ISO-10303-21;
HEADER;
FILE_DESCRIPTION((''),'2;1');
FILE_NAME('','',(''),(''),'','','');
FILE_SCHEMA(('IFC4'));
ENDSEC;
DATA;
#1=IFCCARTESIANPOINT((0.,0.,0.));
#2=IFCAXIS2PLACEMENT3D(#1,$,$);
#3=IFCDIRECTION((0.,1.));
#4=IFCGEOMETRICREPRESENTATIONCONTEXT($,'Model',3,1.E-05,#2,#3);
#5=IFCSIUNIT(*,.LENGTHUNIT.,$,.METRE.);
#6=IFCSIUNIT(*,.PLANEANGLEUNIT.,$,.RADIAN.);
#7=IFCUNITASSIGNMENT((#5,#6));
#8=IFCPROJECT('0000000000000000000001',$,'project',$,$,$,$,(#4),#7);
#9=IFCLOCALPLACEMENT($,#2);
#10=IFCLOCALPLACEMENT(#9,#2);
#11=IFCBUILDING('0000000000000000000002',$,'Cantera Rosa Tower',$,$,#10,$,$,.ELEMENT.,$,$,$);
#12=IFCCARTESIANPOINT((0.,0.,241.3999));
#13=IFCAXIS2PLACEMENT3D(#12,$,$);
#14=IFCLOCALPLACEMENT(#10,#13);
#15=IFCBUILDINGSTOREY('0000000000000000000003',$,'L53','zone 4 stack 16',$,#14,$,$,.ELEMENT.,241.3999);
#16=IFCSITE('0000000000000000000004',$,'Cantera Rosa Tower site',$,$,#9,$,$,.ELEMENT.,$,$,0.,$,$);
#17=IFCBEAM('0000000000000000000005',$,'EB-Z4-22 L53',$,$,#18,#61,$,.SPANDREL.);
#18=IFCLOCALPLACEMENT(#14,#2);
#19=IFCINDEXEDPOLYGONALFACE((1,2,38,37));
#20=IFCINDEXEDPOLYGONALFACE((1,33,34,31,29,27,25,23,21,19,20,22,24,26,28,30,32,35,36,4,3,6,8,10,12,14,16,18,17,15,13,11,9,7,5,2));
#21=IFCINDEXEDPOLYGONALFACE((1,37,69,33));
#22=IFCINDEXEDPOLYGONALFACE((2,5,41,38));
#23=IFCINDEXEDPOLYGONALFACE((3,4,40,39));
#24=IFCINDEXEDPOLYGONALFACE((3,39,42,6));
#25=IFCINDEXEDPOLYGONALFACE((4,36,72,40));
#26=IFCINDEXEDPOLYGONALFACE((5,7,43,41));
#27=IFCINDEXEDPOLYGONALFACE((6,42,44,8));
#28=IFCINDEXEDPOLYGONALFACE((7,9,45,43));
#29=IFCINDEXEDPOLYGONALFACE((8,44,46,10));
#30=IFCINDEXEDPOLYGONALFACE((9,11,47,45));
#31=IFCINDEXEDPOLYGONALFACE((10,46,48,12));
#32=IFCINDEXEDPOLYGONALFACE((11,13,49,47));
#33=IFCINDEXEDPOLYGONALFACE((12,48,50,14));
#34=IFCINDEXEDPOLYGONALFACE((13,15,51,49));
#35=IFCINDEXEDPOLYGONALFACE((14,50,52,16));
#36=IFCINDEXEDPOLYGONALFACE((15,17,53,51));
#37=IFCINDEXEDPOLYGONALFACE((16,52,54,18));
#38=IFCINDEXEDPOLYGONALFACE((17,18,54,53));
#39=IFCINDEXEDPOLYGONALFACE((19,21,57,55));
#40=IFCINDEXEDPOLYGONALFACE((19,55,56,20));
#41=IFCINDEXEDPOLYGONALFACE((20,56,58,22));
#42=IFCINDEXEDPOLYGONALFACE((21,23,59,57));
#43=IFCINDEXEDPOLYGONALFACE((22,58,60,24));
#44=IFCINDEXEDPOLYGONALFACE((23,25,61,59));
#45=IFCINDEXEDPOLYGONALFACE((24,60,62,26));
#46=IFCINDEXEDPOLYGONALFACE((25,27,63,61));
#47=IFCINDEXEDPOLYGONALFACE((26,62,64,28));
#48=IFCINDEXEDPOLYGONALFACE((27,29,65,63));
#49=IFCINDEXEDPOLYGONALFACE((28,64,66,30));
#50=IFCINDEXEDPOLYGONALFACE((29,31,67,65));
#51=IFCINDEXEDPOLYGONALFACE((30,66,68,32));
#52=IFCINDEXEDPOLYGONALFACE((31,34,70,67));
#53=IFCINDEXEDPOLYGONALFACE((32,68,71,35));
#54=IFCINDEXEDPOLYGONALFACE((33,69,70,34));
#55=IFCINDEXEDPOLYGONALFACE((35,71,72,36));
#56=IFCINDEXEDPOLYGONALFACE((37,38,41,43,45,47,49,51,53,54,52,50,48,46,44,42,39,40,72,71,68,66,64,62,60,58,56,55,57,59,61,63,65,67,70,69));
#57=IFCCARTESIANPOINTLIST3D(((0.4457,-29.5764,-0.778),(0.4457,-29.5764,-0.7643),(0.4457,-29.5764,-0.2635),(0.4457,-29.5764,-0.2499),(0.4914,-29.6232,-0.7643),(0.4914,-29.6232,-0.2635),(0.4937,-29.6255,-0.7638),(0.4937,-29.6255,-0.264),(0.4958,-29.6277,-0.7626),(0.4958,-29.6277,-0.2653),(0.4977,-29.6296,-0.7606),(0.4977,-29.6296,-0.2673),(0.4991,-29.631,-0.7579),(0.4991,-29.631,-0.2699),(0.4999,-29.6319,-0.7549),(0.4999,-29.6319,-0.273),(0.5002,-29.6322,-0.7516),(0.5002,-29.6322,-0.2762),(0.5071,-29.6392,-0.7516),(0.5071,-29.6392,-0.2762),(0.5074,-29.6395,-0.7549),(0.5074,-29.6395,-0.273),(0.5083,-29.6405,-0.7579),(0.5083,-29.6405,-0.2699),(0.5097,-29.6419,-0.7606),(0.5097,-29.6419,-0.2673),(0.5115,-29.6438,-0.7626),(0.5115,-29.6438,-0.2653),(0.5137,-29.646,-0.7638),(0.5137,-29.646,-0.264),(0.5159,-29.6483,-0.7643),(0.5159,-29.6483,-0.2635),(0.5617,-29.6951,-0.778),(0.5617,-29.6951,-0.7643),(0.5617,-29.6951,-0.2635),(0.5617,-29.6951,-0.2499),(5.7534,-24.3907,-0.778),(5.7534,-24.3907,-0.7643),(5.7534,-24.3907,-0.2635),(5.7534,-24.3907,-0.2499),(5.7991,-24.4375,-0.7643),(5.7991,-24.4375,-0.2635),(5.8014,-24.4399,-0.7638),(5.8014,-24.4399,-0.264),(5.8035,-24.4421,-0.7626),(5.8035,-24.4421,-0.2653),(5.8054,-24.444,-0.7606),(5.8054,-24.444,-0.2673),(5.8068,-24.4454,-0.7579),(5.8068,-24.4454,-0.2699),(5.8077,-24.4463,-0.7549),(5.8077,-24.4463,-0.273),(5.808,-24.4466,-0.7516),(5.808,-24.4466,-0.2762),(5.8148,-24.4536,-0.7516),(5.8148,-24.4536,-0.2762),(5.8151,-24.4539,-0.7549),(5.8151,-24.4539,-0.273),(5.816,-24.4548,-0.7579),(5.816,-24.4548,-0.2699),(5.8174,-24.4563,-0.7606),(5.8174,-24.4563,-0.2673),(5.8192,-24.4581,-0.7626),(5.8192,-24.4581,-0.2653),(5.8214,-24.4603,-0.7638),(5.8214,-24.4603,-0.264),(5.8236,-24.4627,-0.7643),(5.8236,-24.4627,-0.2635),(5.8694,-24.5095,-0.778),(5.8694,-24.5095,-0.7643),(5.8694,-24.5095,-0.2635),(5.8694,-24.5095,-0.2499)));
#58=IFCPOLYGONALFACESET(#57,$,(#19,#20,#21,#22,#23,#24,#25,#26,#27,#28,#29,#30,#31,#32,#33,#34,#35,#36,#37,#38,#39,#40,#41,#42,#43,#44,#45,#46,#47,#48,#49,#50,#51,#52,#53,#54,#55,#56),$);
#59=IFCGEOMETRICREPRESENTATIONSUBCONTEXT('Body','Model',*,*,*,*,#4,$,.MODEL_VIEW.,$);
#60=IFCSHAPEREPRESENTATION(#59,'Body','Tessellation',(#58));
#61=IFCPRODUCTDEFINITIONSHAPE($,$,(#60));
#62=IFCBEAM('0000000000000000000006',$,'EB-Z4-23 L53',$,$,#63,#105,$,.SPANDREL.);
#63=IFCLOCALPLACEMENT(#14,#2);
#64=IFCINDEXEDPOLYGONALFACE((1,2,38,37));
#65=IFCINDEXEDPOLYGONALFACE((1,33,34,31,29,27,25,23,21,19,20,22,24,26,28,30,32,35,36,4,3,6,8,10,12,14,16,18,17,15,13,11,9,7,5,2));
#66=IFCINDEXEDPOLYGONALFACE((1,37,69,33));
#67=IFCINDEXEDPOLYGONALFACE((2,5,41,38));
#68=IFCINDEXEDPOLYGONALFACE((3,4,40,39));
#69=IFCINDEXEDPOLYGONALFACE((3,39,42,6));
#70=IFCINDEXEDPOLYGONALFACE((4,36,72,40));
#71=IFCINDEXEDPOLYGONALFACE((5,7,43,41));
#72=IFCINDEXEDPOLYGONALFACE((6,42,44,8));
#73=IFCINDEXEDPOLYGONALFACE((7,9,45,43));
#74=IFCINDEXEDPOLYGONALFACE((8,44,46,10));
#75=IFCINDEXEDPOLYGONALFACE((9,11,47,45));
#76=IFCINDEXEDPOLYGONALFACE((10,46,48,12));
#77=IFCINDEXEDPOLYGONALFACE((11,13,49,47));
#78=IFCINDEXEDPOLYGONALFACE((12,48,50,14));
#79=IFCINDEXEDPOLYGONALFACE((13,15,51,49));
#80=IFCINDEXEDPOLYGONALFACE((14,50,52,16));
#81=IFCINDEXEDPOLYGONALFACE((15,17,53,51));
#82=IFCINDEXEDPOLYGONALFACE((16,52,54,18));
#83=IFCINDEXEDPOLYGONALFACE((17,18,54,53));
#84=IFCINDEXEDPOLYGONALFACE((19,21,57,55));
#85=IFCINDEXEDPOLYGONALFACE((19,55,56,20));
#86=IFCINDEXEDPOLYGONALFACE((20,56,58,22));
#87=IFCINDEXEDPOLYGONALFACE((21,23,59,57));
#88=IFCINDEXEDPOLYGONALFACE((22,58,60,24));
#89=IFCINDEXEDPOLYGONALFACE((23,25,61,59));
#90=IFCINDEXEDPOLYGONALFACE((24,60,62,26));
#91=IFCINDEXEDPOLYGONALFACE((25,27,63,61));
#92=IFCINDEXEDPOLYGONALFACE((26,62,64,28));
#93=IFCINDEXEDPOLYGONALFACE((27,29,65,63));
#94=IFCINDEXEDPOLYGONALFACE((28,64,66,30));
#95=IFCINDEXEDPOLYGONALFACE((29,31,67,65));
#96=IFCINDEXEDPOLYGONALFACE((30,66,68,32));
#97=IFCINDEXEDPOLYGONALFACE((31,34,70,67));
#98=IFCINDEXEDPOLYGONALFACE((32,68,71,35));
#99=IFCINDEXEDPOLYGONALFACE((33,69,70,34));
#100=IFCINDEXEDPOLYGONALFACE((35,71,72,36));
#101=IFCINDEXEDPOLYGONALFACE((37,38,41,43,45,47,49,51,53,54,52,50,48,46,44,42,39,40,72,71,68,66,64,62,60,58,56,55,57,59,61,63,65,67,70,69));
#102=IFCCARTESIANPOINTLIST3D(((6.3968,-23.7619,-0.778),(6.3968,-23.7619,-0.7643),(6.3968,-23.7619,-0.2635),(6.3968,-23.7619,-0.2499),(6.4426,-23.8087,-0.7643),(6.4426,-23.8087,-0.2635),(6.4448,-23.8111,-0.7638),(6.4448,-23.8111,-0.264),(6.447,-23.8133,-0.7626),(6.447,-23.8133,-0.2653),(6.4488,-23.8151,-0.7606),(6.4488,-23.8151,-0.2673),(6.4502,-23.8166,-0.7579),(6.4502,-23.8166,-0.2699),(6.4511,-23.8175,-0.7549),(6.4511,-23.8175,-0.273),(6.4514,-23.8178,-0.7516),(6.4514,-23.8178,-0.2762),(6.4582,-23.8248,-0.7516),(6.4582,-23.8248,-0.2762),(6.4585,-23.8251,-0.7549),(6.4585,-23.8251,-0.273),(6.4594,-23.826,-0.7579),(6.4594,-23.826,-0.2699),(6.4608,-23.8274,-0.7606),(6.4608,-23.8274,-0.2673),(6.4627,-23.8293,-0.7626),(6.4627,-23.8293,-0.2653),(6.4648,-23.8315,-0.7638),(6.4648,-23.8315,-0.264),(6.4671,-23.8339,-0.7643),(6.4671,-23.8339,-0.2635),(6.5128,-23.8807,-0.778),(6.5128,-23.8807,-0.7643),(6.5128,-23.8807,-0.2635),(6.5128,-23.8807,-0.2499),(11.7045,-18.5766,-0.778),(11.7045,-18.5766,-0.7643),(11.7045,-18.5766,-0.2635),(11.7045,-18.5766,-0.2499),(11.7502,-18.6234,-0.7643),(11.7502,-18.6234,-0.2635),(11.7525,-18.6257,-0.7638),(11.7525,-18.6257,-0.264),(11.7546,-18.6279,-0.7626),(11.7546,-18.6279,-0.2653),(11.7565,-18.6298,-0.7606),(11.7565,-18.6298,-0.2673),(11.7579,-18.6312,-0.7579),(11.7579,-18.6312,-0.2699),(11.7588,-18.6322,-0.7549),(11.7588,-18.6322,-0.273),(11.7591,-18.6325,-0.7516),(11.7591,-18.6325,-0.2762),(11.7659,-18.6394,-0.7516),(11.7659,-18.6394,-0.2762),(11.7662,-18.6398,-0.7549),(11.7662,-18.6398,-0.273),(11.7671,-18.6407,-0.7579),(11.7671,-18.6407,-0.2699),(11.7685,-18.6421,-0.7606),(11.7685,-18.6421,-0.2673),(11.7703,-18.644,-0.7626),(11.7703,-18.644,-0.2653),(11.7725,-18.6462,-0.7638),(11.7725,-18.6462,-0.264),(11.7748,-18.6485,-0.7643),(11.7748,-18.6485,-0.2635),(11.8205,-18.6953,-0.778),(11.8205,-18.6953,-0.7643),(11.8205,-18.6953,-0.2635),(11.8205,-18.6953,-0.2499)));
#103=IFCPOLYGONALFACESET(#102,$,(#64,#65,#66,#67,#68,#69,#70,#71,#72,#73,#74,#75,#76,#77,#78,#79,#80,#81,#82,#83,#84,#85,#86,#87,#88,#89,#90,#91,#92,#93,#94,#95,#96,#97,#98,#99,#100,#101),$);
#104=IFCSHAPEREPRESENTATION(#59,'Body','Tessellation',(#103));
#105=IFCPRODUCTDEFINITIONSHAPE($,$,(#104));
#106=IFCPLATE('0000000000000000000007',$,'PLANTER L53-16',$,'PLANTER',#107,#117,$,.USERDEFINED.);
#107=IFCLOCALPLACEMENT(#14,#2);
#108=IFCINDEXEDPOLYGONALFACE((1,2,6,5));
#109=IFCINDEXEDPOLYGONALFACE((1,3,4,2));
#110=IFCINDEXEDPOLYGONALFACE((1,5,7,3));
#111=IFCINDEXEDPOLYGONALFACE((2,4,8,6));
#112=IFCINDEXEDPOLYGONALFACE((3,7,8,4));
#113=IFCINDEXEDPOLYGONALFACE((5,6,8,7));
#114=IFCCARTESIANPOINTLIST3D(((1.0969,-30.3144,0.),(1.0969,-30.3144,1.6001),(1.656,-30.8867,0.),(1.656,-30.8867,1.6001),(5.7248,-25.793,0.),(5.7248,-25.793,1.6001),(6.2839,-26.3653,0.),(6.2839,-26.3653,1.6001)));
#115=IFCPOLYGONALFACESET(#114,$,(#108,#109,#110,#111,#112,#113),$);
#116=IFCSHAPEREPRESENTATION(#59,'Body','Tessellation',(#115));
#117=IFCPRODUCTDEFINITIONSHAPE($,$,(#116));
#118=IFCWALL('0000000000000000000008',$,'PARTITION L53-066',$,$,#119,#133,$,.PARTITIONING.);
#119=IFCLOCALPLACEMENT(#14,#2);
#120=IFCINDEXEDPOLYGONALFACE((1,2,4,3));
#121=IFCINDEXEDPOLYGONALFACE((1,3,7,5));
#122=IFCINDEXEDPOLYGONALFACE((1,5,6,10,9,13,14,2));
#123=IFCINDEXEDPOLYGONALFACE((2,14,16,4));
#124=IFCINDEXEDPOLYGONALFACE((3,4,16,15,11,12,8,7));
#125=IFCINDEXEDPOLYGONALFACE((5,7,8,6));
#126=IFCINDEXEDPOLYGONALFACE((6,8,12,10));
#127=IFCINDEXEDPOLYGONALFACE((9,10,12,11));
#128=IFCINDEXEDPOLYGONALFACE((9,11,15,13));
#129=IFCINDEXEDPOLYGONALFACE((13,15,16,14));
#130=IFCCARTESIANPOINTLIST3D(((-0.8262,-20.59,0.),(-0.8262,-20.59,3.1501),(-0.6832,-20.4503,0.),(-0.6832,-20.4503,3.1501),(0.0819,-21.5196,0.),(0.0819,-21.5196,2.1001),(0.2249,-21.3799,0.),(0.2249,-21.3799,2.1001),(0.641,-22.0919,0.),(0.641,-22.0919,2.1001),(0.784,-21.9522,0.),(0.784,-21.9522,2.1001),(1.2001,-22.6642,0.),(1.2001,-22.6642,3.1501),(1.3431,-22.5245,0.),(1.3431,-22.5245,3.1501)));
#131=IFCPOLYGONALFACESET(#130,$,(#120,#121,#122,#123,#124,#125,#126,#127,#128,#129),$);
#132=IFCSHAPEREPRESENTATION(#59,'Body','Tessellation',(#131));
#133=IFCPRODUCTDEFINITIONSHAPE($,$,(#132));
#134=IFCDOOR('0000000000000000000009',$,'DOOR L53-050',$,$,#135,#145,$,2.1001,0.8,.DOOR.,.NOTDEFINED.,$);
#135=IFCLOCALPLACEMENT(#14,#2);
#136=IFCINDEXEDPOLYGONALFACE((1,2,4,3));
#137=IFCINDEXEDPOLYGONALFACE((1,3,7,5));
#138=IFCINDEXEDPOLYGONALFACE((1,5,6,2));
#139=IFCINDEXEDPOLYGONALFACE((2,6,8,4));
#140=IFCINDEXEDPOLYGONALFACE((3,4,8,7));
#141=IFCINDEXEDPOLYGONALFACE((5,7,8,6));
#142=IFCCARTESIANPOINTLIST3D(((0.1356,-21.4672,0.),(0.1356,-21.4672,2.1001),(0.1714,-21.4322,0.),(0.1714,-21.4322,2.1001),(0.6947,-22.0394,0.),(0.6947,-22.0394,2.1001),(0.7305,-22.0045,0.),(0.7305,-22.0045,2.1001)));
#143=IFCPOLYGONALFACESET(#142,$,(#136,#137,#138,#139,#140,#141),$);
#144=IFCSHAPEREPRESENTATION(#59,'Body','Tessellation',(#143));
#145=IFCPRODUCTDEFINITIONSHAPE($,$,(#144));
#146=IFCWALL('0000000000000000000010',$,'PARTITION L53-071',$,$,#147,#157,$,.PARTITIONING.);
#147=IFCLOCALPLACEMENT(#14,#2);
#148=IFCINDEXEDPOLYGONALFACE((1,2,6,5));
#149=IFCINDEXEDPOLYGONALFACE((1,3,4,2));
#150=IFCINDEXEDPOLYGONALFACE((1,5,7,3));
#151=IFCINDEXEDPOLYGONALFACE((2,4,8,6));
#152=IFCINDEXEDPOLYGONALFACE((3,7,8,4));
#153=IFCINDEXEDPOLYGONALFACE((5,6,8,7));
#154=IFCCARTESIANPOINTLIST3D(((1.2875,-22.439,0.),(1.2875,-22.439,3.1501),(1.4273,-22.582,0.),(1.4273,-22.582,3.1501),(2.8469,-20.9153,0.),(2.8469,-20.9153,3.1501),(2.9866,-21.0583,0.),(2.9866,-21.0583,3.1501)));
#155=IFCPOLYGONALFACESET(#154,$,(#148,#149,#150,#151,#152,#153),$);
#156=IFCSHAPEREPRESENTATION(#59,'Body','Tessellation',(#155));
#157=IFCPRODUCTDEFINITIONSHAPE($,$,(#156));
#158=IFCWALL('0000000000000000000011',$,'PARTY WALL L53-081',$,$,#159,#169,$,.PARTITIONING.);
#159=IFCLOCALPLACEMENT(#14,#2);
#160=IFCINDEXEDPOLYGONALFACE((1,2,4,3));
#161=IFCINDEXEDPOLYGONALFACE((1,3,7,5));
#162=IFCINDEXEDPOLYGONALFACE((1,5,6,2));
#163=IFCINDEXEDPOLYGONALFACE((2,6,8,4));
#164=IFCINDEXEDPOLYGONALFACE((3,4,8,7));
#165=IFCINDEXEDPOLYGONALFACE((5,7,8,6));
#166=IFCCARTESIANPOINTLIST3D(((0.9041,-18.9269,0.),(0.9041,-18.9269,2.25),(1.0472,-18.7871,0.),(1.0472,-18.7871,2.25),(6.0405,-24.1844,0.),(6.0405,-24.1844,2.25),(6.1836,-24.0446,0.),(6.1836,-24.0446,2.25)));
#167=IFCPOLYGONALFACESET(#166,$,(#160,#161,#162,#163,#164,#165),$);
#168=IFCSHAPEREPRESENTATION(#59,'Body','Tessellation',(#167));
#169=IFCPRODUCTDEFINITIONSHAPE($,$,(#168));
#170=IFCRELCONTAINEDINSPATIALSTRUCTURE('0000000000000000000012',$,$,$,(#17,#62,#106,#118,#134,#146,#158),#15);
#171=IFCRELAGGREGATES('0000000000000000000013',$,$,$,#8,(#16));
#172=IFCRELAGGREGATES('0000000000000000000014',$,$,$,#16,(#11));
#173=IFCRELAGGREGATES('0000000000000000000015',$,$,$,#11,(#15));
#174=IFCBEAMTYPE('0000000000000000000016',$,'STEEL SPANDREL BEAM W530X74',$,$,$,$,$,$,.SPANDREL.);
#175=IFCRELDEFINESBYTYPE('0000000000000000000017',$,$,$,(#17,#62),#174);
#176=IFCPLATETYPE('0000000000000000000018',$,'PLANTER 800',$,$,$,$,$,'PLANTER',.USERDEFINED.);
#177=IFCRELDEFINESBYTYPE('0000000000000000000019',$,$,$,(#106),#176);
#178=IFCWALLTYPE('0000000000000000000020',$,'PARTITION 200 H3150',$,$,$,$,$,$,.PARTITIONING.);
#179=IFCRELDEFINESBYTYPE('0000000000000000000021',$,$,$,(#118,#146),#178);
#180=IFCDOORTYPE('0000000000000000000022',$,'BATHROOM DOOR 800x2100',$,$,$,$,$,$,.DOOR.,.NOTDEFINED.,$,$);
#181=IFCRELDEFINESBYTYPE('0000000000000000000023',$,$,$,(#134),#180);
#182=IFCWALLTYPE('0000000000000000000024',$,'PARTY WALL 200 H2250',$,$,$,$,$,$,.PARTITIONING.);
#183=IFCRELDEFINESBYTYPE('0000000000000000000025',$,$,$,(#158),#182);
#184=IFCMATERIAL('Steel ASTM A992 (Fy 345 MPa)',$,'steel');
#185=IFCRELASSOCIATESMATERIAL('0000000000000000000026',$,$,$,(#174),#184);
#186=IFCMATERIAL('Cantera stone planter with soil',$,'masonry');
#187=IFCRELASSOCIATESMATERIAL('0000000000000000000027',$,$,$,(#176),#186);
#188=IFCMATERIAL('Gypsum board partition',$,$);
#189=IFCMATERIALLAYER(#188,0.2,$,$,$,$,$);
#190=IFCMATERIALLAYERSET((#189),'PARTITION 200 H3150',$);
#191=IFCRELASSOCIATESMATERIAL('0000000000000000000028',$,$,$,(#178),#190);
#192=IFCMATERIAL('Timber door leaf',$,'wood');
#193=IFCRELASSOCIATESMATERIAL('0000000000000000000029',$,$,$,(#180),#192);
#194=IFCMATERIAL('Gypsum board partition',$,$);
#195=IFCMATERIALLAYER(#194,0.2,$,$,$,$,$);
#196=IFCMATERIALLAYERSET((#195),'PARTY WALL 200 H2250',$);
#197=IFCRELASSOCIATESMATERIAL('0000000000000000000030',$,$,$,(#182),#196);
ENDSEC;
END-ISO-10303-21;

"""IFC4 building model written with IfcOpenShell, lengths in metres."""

from ifc_helpers import new_model, si_unit, direction, frame, frame_2d, origin, origin_2d, place, context, subcontext, project, spatial, rectangle, i_section, extrude, material, layer, layer_set, material_profile, profile_set, type_object, element, fill, save


model = new_model("IFC4")

# Units and contexts
model_context = context("Model", 3, precision=1e-05, world=origin(), true_north=direction((0.0, 1.0)))
body_context = subcontext(model_context, "Body", "Model", "MODEL_VIEW")
ifc_project = project(units=[si_unit("LENGTHUNIT", "METRE"), si_unit("PLANEANGLEUNIT", "RADIAN")], contexts=[model_context])

# Site, building, storey
site_placement = place(None, origin())
site = spatial("IfcSite", under=ifc_project, at=site_placement, Name="Cantera Rosa Tower site", CompositionType="ELEMENT", RefElevation=0.0)
building_placement = place(site_placement, origin())
building = spatial("IfcBuilding", under=site, at=building_placement, Name="Cantera Rosa Tower", CompositionType="ELEMENT")
storey_placement = place(building_placement, frame((0.0, 0.0, 241.3999)))
storey = spatial("IfcBuildingStorey", under=building, at=storey_placement, Name="L53", Description="zone 4 stack 16", CompositionType="ELEMENT", Elevation=241.3999)

# Beams
ifc_material_1 = material(Name="Steel ASTM A992 (Fy 345 MPa)", Category="steel")
ifc_material_profile_1 = material_profile(ifc_material_1, i_section(OverallWidth=0.166, OverallDepth=0.5281, WebThickness=0.0098, FlangeThickness=0.0137, FilletRadius=0.0127, at=origin_2d()), Name="W530X74")
ifc_profile_set_1 = profile_set([ifc_material_profile_1], Name="Steel ASTM A992 (Fy 345 MPa)")
beam_type_1 = type_object("IfcBeamType", Name="STEEL SPANDREL BEAM W530X74", PredefinedType="SPANDREL", material=ifc_profile_set_1)
beam_1_placement = place(storey_placement, frame((0.5037, -29.6357, -0.5139), z_axis=(0.715284, 0.698833, 0.0), x_axis=(-0.698833, 0.715284, 0.0)))
element("IfcBeam", 1, at=beam_1_placement, inside=storey, type_object=beam_type_1, Name="EB-Z4-22 L53", PredefinedType="SPANDREL", context=body_context, shape_type="SweptSolid", body=[
    extrude(i_section(OverallWidth=0.166, OverallDepth=0.5281, WebThickness=0.0098, FlangeThickness=0.0137, FilletRadius=0.0127, at=origin_2d()), origin(), (0.0, 0.0, 1.0), 7.4204),
])
beam_2_placement = place(storey_placement, frame((6.4548, -23.8213, -0.5139), z_axis=(0.715301, 0.698817, 0.0), x_axis=(-0.698817, 0.715301, 0.0)))
element("IfcBeam", 2, at=beam_2_placement, inside=storey, type_object=beam_type_1, Name="EB-Z4-23 L53", PredefinedType="SPANDREL", context=body_context, shape_type="SweptSolid", body=[
    extrude(i_section(OverallWidth=0.166, OverallDepth=0.5281, WebThickness=0.0098, FlangeThickness=0.0137, FilletRadius=0.0127, at=origin_2d()), origin(), (0.0, 0.0, 1.0), 7.4202),
])

# Plate
ifc_material_2 = material(Name="Cantera stone planter with soil", Category="masonry")
plate_type = type_object("IfcPlateType", Name="PLANTER 800", ElementType="PLANTER", PredefinedType="USERDEFINED", material=ifc_material_2)
plate_placement = place(storey_placement, frame((3.6904, -28.3398, 0.0), z_axis=(0.0, 0.0, 1.0), x_axis=(0.715286, 0.698832, 0.0)))
element("IfcPlate", 3, at=plate_placement, inside=storey, type_object=plate_type, Name="PLANTER L53-16", ObjectType="PLANTER", PredefinedType="USERDEFINED", context=body_context, shape_type="SweptSolid", body=[
    extrude(rectangle(XDim=6.47, YDim=0.8, at=origin_2d()), origin(), (0.0, 0.0, 1.0), 1.6001),
])

# Wall, opening, door
ifc_material_3 = material(Name="Gypsum board partition")
ifc_layer_1 = layer(ifc_material_3, 0.2)
ifc_layer_set_1 = layer_set([ifc_layer_1], Name="PARTITION 200 H3150")
wall_type_1 = type_object("IfcWallType", Name="PARTITION 200 H3150", PredefinedType="PARTITIONING", material=ifc_layer_set_1)
wall_1_placement = place(storey_placement, frame((1.2715, -22.5942, 0.0), z_axis=(0.0, 0.0, 1.0), x_axis=(-0.698808, 0.71531, 0.0)))
wall_1 = element("IfcWall", 4, at=wall_1_placement, inside=storey, type_object=wall_type_1, Name="PARTITION L53-066", PredefinedType="PARTITIONING", context=body_context, shape_type="SweptSolid", body=[
    extrude(rectangle(XDim=2.8997, YDim=0.2, at=frame_2d((1.4497, 0.0))), origin(), (0.0, 0.0, 1.0), 3.1501),
])
opening_1_placement = place(wall_1_placement, frame((0.8, 0.0, 0.0)))
opening_1 = element("IfcOpeningElement", 5, at=opening_1_placement, cuts=wall_1, PredefinedType="OPENING", context=body_context, shape_type="SweptSolid", body=[
    extrude(rectangle(XDim=0.8, YDim=2.1001, at=frame_2d((0.3999, 1.05))), frame((0.0, 0.1099, 0.0), z_axis=(0.0, -1.0, 0.0), x_axis=(1.0, 0.0, 0.0)), (0.0, 0.0, 1.0), 0.22),
])
ifc_material_4 = material(Name="Timber door leaf", Category="wood")
door_type_1 = type_object("IfcDoorType", Name="BATHROOM DOOR 800x2100", OperationType="NOTDEFINED", PredefinedType="DOOR", material=ifc_material_4)
door_1_placement = place(opening_1_placement, origin())
door_1 = element("IfcDoor", 6, at=door_1_placement, inside=storey, type_object=door_type_1, Name="DOOR L53-050", OperationType="NOTDEFINED", OverallHeight=2.1001, OverallWidth=0.8, PredefinedType="DOOR", context=body_context, shape_type="SweptSolid", body=[
    extrude(rectangle(XDim=0.8, YDim=2.1001, at=frame_2d((0.3999, 1.05))), frame((0.0, 0.0249, 0.0), z_axis=(0.0, -1.0, 0.0), x_axis=(1.0, 0.0, 0.0)), (0.0, 0.0, 1.0), 0.05),
])
fill(opening_1, door_1)

# Walls
wall_2_placement = place(storey_placement, frame((2.9167, -20.9868, 0.0), z_axis=(0.0, 0.0, 1.0), x_axis=(-0.715234, -0.698885, 0.0)))
element("IfcWall", 7, at=wall_2_placement, inside=storey, type_object=wall_type_1, Name="PARTITION L53-071", PredefinedType="PARTITIONING", context=body_context, shape_type="SweptSolid", body=[
    extrude(rectangle(XDim=2.1802, YDim=0.2, at=frame_2d((1.0901, 0.0))), origin(), (0.0, 0.0, 1.0), 3.1501),
])
ifc_material_5 = material(Name="Gypsum board partition")
ifc_layer_2 = layer(ifc_material_5, 0.2)
ifc_layer_set_2 = layer_set([ifc_layer_2], Name="PARTY WALL 200 H2250")
wall_type_2 = type_object("IfcWallType", Name="PARTY WALL 200 H2250", PredefinedType="PARTITIONING", material=ifc_layer_set_2)
wall_3_placement = place(storey_placement, frame((6.1121, -24.1145, 0.0), z_axis=(0.0, 0.0, 1.0), x_axis=(-0.698821, 0.715296, 0.0)))
element("IfcWall", 8, at=wall_3_placement, inside=storey, type_object=wall_type_2, Name="PARTY WALL L53-081", PredefinedType="PARTITIONING", context=body_context, shape_type="SweptSolid", body=[
    extrude(rectangle(XDim=7.3501, YDim=0.2, at=frame_2d((3.675, 0.0))), origin(), (0.0, 0.0, 1.0), 2.25),
])

save(model, "model.ifc")
